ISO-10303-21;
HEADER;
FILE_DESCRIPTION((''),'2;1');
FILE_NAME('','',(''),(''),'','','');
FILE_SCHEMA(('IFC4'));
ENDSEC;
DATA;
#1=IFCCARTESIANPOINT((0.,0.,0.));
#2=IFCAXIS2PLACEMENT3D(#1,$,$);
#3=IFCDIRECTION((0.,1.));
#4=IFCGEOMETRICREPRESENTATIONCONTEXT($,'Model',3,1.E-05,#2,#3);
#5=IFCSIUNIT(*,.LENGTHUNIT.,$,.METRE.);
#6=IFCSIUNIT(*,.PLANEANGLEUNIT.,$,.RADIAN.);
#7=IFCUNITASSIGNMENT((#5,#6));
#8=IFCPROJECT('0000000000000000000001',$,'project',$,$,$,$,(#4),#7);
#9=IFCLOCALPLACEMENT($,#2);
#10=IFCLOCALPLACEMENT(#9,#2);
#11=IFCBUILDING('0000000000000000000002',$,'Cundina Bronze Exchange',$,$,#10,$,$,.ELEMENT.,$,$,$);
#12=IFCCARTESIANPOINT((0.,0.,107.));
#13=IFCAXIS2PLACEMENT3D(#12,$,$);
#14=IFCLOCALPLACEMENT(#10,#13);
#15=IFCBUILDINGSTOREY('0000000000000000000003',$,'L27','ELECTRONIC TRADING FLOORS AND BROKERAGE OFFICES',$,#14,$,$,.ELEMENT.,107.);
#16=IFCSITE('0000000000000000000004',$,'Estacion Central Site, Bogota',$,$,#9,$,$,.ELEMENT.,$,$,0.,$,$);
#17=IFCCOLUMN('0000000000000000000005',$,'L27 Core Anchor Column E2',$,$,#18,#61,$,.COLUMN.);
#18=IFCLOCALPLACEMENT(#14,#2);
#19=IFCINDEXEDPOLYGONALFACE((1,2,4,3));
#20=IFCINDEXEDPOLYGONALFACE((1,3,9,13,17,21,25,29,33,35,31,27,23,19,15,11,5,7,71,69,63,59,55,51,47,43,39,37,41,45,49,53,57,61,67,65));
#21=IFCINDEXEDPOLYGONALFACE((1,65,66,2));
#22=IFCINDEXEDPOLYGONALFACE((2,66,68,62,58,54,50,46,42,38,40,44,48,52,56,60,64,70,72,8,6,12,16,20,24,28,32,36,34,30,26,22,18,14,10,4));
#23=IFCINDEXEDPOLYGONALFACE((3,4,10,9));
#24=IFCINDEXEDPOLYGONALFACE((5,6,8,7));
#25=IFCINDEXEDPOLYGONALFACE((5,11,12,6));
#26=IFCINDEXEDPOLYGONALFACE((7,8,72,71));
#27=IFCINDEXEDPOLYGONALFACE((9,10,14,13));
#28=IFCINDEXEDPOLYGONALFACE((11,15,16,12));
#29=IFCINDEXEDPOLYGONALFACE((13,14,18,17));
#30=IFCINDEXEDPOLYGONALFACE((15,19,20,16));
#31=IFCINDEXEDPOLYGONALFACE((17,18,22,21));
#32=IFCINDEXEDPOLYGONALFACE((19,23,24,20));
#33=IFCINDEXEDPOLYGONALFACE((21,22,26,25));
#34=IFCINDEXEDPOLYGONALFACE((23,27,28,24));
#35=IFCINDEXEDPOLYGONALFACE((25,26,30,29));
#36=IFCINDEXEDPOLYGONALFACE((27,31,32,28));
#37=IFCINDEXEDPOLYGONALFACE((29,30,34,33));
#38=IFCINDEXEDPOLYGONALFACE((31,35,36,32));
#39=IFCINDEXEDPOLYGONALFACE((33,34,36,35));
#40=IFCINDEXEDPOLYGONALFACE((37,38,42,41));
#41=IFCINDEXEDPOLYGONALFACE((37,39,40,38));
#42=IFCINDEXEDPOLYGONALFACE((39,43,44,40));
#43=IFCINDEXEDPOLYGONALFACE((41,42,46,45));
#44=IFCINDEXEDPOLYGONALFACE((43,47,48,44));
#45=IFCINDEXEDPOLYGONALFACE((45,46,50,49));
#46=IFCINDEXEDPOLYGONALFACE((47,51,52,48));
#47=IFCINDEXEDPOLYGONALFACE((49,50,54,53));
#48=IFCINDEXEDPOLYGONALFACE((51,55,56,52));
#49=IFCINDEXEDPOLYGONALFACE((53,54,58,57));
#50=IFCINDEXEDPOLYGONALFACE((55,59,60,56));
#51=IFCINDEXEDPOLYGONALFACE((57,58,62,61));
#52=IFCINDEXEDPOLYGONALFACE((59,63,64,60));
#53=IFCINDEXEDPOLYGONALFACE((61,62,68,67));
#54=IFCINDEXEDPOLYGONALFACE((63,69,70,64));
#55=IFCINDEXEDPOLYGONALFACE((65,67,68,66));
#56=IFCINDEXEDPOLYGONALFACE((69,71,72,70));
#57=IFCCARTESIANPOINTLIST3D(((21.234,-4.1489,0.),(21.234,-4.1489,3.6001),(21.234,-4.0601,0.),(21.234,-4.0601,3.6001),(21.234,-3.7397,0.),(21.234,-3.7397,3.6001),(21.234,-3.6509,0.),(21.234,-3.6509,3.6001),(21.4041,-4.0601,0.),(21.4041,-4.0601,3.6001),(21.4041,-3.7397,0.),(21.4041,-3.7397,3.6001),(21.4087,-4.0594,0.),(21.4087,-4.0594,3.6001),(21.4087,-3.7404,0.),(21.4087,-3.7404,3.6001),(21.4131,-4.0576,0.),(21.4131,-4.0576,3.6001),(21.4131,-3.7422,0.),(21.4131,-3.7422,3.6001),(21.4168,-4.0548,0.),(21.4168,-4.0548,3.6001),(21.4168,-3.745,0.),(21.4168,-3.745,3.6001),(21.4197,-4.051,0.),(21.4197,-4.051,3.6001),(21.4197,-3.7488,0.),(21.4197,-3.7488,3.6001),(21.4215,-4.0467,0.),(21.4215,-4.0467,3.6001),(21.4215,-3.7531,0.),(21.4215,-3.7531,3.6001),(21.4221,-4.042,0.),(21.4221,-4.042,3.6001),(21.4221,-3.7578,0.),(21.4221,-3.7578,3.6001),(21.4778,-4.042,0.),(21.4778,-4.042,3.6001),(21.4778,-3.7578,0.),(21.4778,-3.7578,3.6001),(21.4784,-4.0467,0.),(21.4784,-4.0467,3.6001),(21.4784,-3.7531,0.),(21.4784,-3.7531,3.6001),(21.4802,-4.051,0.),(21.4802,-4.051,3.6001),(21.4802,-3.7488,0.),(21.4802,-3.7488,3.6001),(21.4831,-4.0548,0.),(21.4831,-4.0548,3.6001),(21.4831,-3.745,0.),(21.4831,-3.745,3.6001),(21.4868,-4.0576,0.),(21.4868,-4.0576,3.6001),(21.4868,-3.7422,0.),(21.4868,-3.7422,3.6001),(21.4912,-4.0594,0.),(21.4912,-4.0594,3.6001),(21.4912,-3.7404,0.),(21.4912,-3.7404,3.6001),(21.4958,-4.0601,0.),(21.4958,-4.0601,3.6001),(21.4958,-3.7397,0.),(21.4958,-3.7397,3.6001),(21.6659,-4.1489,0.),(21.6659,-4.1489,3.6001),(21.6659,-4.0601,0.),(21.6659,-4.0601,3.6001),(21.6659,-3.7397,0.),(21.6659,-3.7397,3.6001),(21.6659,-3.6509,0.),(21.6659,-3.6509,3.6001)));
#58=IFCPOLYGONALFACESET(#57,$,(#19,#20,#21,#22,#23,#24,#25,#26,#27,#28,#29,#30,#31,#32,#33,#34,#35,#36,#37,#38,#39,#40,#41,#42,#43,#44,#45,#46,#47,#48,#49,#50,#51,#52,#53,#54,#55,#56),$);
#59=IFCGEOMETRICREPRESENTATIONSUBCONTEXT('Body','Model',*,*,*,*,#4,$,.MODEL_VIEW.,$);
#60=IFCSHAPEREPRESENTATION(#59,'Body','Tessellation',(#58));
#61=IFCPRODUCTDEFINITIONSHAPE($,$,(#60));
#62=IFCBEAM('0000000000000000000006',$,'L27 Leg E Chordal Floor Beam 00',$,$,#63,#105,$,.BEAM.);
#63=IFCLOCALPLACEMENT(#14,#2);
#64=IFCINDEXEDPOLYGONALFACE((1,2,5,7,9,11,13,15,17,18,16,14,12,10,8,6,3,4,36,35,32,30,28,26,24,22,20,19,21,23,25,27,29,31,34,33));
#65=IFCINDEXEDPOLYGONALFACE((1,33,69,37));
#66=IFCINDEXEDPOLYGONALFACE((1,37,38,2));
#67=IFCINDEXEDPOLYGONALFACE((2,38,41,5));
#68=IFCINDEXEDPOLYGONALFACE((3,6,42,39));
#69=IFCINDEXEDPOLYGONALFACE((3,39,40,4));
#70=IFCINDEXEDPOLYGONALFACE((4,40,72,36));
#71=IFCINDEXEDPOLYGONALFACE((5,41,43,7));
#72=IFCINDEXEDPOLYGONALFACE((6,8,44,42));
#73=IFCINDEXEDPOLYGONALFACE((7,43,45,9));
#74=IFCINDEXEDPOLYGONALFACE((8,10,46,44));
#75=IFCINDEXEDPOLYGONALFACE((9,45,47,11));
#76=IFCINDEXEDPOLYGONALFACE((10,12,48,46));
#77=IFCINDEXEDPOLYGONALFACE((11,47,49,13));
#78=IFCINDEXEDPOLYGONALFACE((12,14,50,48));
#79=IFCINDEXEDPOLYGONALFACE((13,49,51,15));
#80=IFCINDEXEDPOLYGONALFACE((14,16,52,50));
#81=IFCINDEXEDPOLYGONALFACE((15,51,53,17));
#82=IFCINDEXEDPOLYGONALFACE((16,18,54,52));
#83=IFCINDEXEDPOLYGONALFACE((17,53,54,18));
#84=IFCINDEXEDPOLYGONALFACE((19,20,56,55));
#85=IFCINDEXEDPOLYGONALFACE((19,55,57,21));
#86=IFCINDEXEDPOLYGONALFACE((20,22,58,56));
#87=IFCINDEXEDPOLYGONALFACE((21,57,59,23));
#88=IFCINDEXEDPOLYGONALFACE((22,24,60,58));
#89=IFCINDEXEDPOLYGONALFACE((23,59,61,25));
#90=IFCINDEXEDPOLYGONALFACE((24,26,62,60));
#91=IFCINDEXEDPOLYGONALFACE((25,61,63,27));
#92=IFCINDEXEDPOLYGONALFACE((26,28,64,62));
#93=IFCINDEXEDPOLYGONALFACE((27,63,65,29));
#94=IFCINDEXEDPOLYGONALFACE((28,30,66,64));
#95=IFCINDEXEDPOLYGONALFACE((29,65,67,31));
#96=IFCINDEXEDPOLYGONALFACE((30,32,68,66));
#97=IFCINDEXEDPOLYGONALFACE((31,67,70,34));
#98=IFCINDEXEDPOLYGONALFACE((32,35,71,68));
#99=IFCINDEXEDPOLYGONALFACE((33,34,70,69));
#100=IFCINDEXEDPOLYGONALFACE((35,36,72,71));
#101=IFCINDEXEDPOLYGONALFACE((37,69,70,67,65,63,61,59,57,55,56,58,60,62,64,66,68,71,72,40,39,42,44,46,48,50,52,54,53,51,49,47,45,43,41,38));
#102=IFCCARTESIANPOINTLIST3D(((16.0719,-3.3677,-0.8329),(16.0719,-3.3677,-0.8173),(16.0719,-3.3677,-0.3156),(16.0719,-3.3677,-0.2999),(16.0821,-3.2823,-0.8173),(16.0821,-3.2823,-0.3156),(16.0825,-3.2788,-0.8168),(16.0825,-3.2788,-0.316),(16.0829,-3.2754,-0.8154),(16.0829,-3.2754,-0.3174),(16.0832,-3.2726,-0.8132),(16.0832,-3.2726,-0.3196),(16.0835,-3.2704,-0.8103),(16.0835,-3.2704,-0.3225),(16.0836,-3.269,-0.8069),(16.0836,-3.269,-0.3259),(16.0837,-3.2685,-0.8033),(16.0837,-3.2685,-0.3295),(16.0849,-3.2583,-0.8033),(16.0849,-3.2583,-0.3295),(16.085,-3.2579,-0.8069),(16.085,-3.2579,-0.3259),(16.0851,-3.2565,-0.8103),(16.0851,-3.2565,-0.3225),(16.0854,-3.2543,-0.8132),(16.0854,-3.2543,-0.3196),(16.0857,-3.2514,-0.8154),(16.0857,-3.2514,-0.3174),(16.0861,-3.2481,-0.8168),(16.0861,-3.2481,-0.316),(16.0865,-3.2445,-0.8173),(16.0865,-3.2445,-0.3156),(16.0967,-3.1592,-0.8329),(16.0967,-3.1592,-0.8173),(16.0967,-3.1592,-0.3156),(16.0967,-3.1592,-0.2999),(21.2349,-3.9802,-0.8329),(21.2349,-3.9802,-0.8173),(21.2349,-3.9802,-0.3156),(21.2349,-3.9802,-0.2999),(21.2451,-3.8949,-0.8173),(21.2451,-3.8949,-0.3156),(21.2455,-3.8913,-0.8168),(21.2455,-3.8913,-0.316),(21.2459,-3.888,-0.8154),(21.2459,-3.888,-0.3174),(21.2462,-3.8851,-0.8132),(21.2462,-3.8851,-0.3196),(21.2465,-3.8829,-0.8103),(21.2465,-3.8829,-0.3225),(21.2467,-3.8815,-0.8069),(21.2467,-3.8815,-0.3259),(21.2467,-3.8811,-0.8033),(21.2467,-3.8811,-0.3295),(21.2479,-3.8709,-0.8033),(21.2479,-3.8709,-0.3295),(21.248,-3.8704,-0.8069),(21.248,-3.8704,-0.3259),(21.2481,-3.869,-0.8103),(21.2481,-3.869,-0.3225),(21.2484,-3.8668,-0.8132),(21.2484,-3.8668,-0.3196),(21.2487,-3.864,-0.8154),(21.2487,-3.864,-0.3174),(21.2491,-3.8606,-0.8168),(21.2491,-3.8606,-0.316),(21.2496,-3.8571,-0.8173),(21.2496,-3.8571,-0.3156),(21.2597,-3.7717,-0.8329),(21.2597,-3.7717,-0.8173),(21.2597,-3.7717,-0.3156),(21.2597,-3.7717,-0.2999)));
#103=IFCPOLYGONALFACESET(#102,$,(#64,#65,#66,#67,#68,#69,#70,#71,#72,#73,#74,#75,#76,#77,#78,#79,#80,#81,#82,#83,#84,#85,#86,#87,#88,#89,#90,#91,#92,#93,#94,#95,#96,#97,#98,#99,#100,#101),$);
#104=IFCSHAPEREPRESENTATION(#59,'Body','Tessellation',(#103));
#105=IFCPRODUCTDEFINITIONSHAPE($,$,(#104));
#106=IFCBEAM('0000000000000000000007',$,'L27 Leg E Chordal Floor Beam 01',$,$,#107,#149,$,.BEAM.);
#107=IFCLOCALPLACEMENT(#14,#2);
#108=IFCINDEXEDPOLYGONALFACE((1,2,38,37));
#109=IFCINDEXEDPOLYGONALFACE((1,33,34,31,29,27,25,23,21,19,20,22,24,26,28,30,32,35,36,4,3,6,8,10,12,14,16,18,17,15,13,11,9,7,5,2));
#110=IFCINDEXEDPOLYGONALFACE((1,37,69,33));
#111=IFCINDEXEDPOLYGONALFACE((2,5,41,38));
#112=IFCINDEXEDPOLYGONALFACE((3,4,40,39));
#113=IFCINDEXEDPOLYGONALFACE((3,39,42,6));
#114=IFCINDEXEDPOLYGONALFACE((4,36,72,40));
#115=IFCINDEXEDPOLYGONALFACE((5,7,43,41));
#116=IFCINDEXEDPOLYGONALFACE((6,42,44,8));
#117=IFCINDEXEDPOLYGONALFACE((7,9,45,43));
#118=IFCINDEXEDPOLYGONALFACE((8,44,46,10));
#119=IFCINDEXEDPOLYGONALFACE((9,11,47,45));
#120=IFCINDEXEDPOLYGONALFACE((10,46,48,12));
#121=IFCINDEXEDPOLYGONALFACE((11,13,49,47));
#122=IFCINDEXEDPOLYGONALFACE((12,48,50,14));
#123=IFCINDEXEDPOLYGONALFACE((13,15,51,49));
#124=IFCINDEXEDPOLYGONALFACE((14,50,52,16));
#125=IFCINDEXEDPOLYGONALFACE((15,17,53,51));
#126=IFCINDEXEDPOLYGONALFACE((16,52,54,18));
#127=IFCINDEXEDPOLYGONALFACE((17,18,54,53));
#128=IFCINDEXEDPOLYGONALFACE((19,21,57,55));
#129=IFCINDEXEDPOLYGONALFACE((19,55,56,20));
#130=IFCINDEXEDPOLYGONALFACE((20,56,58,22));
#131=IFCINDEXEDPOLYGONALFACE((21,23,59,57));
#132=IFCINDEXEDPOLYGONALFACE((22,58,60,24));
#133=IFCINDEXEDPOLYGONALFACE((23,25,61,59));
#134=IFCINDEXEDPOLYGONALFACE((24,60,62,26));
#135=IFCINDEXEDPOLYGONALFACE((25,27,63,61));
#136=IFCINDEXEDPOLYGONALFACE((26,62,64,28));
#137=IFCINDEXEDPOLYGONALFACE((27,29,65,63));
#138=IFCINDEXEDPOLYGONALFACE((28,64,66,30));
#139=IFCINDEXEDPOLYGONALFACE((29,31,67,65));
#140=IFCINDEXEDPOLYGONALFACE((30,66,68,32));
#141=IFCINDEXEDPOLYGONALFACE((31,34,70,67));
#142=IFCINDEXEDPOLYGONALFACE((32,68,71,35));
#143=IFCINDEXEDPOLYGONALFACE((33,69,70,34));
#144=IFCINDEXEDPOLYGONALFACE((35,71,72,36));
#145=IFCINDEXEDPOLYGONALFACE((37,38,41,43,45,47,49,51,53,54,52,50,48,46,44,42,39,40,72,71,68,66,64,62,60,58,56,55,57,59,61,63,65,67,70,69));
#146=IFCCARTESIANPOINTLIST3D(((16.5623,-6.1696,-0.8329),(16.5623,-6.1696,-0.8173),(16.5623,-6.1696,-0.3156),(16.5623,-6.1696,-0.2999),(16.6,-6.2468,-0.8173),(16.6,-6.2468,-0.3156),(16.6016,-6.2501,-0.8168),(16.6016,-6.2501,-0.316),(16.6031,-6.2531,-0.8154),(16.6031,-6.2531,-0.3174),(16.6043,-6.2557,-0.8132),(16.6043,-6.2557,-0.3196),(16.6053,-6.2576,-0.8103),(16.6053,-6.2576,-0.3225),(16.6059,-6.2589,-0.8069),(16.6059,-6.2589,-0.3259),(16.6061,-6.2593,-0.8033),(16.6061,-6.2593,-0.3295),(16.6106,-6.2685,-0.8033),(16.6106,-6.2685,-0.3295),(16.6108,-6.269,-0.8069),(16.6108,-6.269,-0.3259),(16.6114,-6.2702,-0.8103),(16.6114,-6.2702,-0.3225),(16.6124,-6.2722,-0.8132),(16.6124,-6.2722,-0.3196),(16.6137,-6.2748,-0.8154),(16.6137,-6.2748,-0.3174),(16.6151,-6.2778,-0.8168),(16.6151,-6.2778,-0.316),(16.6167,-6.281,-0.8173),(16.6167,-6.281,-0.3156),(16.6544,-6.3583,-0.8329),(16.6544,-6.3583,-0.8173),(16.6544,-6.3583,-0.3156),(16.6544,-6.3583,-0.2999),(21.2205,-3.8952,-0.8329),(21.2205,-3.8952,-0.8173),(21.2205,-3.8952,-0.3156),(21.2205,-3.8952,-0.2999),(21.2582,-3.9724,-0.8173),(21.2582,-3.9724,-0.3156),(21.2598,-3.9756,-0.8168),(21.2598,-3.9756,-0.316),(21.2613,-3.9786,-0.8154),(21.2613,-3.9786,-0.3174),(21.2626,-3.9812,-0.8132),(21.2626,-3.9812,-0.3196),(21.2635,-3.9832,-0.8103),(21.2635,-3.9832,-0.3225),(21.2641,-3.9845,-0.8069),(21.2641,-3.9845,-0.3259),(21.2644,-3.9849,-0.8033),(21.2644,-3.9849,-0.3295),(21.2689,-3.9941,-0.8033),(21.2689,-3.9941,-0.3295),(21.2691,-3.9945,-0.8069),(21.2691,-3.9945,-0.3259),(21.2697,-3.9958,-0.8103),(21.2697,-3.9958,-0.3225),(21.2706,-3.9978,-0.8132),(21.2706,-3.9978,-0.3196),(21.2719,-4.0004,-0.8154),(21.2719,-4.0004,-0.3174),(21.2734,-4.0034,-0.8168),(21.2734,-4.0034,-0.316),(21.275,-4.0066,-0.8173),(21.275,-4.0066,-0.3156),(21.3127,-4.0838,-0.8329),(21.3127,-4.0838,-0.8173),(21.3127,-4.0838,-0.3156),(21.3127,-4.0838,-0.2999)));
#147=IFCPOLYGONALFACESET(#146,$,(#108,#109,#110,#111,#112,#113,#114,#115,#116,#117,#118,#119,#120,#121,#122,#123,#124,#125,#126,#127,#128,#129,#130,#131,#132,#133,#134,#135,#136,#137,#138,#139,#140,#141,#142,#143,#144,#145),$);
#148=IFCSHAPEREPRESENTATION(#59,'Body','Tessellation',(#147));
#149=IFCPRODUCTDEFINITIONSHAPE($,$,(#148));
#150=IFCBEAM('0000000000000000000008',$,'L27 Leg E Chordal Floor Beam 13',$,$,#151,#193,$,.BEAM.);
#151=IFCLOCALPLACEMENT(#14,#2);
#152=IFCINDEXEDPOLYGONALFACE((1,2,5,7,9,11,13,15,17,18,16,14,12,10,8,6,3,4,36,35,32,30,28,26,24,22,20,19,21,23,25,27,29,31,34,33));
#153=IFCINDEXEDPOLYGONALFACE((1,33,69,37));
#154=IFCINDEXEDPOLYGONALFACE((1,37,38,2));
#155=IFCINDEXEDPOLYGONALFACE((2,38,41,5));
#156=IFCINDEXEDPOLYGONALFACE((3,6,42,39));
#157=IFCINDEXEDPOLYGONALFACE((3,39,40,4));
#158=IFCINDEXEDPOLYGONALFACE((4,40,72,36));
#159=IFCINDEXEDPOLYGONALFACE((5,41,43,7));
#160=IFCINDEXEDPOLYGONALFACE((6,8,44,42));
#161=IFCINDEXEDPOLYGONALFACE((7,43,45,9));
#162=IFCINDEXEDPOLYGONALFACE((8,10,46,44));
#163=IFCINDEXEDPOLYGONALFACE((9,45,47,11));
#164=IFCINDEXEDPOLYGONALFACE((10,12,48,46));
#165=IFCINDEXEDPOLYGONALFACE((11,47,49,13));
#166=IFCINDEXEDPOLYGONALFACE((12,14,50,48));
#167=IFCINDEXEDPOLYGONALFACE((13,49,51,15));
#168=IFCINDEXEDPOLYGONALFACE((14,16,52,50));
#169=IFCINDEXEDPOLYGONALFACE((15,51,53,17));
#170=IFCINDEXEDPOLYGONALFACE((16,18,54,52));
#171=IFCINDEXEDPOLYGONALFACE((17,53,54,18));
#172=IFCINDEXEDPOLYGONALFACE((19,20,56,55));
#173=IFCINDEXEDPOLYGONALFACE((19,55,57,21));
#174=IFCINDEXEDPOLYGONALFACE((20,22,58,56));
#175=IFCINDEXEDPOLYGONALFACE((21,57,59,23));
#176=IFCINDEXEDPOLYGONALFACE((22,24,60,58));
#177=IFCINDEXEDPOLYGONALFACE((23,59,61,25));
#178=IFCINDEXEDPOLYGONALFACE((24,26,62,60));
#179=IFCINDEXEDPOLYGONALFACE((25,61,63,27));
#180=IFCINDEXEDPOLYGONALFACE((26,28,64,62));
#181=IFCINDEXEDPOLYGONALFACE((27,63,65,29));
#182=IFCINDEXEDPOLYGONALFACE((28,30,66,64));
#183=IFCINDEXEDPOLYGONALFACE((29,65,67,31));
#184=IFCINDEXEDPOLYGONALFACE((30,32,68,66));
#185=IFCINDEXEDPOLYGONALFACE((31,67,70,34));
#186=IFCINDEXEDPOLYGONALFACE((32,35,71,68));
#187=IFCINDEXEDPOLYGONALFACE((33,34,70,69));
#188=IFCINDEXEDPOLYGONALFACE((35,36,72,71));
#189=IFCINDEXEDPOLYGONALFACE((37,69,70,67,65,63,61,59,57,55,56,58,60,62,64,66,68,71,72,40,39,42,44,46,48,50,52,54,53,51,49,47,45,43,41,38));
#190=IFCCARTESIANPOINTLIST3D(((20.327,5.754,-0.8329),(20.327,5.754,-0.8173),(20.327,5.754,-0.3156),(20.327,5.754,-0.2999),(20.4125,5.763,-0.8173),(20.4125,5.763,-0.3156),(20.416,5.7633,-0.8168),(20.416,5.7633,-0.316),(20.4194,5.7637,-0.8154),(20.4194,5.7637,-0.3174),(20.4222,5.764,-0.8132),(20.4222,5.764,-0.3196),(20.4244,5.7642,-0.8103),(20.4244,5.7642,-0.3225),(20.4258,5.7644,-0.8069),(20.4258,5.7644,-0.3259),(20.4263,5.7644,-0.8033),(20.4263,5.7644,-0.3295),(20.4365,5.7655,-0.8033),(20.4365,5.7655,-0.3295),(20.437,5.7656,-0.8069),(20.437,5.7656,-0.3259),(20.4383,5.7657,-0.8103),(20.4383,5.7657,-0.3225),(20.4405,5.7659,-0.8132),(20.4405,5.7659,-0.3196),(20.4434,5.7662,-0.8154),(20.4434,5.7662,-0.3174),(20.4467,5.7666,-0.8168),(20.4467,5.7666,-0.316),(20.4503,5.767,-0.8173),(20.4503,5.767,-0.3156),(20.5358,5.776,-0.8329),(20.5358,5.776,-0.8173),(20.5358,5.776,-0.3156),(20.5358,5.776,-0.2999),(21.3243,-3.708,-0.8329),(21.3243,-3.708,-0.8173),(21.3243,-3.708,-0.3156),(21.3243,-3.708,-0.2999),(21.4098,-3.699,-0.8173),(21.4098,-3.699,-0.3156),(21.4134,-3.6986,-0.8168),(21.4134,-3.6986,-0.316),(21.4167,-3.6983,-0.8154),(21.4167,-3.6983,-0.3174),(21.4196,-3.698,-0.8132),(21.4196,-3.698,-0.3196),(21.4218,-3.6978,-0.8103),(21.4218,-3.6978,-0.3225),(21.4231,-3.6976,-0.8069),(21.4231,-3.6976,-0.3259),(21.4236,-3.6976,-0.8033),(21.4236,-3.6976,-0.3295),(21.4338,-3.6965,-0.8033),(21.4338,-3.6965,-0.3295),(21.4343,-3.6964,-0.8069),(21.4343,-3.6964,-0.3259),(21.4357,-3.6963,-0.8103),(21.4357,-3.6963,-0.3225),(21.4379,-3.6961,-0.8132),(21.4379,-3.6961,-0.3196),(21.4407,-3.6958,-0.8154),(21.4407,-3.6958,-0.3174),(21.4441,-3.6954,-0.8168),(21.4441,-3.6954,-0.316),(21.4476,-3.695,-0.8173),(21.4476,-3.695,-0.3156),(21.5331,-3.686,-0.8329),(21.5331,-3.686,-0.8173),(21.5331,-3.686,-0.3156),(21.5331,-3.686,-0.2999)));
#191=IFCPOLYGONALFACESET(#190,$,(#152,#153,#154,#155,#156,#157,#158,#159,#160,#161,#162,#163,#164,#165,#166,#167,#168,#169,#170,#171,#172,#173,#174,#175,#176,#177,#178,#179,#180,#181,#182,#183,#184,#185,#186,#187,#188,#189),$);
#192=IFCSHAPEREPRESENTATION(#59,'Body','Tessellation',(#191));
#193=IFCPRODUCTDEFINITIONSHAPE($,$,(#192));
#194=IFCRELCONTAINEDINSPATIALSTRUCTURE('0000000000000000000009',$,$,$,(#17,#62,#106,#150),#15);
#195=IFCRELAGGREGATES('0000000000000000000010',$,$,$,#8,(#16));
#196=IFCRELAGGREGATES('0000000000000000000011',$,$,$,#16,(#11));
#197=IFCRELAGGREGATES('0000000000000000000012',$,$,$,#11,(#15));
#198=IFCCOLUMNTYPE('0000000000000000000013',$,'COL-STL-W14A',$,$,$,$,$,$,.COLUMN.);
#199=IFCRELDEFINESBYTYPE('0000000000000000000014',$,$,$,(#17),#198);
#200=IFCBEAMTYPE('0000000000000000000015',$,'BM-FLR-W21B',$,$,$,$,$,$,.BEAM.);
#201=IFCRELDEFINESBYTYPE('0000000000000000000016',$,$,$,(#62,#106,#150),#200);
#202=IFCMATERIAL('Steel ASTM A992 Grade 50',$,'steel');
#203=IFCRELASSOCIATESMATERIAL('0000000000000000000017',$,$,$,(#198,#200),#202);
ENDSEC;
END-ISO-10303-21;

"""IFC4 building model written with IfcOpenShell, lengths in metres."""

from ifc_helpers import new_model, si_unit, direction, frame, origin, origin_2d, place, context, subcontext, project, spatial, i_section, extrude, material, material_profile, profile_set, type_object, element, save


model = new_model("IFC4")

# Units and contexts
model_context = context("Model", 3, precision=1e-05, world=origin(), true_north=direction((0.0, 1.0)))
body_context = subcontext(model_context, "Body", "Model", "MODEL_VIEW")
ifc_project = project(units=[si_unit("LENGTHUNIT", "METRE"), si_unit("PLANEANGLEUNIT", "RADIAN")], contexts=[model_context])

# Site, building, storey
site_placement = place(None, origin())
site = spatial("IfcSite", under=ifc_project, at=site_placement, Name="Estacion Central Site, Bogota", CompositionType="ELEMENT", RefElevation=0.0)
building_placement = place(site_placement, origin())
building = spatial("IfcBuilding", under=site, at=building_placement, Name="Cundina Bronze Exchange", CompositionType="ELEMENT")
storey_placement = place(building_placement, frame((0.0, 0.0, 107.0)))
storey = spatial("IfcBuildingStorey", under=building, at=storey_placement, Name="L27", Description="ELECTRONIC TRADING FLOORS AND BROKERAGE OFFICES", CompositionType="ELEMENT", Elevation=107.0)

# Column
ifc_material_1 = material(Name="Steel ASTM A992 Grade 50", Category="steel")
ifc_material_profile_1 = material_profile(ifc_material_1, i_section(OverallWidth=0.4319, OverallDepth=0.498, WebThickness=0.0557, FlangeThickness=0.0889, FilletRadius=0.0181, at=origin_2d()), Name="W14X500", Category="steel")
ifc_profile_set_1 = profile_set([ifc_material_profile_1], Name="Steel ASTM A992 Grade 50")
column_type = type_object("IfcColumnType", Name="COL-STL-W14A", PredefinedType="COLUMN", material=ifc_profile_set_1)
column_placement = place(storey_placement, frame((21.45, -3.8999, 0.0), z_axis=(0.0, 0.0, 1.0), x_axis=(1.0, 0.0, 0.0)))
element("IfcColumn", 1, at=column_placement, inside=storey, type_object=column_type, Name="L27 Core Anchor Column E2", PredefinedType="COLUMN", context=body_context, shape_type="SweptSolid", body=[
    extrude(i_section(OverallWidth=0.4319, OverallDepth=0.498, WebThickness=0.0557, FlangeThickness=0.0889, FilletRadius=0.0181, at=origin_2d()), origin(), (0.0, 0.0, 1.0), 3.6001),
])

# Beams
ifc_material_profile_2 = material_profile(ifc_material_1, i_section(OverallWidth=0.21, OverallDepth=0.533, WebThickness=0.0103, FlangeThickness=0.0156, FilletRadius=0.0139, at=origin_2d()), Name="W21X62", Category="steel")
ifc_profile_set_2 = profile_set([ifc_material_profile_2], Name="Steel ASTM A992 Grade 50")
beam_type_1 = type_object("IfcBeamType", Name="BM-FLR-W21B", PredefinedType="BEAM", material=ifc_profile_set_2)
beam_1_placement = place(storey_placement, frame((21.2473, -3.876, -0.5664), z_axis=(-0.993036, 0.117814, 0.0), x_axis=(-0.117814, -0.993036, 0.0)))
element("IfcBeam", 2, at=beam_1_placement, inside=storey, type_object=beam_type_1, Name="L27 Leg E Chordal Floor Beam 00", PredefinedType="BEAM", context=body_context, shape_type="SweptSolid", body=[
    extrude(i_section(OverallWidth=0.21, OverallDepth=0.533, WebThickness=0.0103, FlangeThickness=0.0156, FilletRadius=0.0139, at=origin_2d()), origin(), (0.0, 0.0, 1.0), 5.1992),
])
beam_2_placement = place(storey_placement, frame((21.2666, -3.9895, -0.5664), z_axis=(-0.898607, -0.438754, 0.0), x_axis=(0.438754, -0.898607, 0.0)))
element("IfcBeam", 3, at=beam_2_placement, inside=storey, type_object=beam_type_1, Name="L27 Leg E Chordal Floor Beam 01", PredefinedType="BEAM", context=body_context, shape_type="SweptSolid", body=[
    extrude(i_section(OverallWidth=0.21, OverallDepth=0.533, WebThickness=0.0103, FlangeThickness=0.0156, FilletRadius=0.0139, at=origin_2d()), origin(), (0.0, 0.0, 1.0), 5.1838),
])
beam_3_placement = place(storey_placement, frame((21.4287, -3.697, -0.5664), z_axis=(-0.104822, 0.994491, 0.0), x_axis=(-0.994491, -0.104822, 0.0)))
element("IfcBeam", 4, at=beam_3_placement, inside=storey, type_object=beam_type_1, Name="L27 Leg E Chordal Floor Beam 13", PredefinedType="BEAM", context=body_context, shape_type="SweptSolid", body=[
    extrude(i_section(OverallWidth=0.21, OverallDepth=0.533, WebThickness=0.0103, FlangeThickness=0.0156, FilletRadius=0.0139, at=origin_2d()), origin(), (0.0, 0.0, 1.0), 9.5144),
])

save(model, "model.ifc")
